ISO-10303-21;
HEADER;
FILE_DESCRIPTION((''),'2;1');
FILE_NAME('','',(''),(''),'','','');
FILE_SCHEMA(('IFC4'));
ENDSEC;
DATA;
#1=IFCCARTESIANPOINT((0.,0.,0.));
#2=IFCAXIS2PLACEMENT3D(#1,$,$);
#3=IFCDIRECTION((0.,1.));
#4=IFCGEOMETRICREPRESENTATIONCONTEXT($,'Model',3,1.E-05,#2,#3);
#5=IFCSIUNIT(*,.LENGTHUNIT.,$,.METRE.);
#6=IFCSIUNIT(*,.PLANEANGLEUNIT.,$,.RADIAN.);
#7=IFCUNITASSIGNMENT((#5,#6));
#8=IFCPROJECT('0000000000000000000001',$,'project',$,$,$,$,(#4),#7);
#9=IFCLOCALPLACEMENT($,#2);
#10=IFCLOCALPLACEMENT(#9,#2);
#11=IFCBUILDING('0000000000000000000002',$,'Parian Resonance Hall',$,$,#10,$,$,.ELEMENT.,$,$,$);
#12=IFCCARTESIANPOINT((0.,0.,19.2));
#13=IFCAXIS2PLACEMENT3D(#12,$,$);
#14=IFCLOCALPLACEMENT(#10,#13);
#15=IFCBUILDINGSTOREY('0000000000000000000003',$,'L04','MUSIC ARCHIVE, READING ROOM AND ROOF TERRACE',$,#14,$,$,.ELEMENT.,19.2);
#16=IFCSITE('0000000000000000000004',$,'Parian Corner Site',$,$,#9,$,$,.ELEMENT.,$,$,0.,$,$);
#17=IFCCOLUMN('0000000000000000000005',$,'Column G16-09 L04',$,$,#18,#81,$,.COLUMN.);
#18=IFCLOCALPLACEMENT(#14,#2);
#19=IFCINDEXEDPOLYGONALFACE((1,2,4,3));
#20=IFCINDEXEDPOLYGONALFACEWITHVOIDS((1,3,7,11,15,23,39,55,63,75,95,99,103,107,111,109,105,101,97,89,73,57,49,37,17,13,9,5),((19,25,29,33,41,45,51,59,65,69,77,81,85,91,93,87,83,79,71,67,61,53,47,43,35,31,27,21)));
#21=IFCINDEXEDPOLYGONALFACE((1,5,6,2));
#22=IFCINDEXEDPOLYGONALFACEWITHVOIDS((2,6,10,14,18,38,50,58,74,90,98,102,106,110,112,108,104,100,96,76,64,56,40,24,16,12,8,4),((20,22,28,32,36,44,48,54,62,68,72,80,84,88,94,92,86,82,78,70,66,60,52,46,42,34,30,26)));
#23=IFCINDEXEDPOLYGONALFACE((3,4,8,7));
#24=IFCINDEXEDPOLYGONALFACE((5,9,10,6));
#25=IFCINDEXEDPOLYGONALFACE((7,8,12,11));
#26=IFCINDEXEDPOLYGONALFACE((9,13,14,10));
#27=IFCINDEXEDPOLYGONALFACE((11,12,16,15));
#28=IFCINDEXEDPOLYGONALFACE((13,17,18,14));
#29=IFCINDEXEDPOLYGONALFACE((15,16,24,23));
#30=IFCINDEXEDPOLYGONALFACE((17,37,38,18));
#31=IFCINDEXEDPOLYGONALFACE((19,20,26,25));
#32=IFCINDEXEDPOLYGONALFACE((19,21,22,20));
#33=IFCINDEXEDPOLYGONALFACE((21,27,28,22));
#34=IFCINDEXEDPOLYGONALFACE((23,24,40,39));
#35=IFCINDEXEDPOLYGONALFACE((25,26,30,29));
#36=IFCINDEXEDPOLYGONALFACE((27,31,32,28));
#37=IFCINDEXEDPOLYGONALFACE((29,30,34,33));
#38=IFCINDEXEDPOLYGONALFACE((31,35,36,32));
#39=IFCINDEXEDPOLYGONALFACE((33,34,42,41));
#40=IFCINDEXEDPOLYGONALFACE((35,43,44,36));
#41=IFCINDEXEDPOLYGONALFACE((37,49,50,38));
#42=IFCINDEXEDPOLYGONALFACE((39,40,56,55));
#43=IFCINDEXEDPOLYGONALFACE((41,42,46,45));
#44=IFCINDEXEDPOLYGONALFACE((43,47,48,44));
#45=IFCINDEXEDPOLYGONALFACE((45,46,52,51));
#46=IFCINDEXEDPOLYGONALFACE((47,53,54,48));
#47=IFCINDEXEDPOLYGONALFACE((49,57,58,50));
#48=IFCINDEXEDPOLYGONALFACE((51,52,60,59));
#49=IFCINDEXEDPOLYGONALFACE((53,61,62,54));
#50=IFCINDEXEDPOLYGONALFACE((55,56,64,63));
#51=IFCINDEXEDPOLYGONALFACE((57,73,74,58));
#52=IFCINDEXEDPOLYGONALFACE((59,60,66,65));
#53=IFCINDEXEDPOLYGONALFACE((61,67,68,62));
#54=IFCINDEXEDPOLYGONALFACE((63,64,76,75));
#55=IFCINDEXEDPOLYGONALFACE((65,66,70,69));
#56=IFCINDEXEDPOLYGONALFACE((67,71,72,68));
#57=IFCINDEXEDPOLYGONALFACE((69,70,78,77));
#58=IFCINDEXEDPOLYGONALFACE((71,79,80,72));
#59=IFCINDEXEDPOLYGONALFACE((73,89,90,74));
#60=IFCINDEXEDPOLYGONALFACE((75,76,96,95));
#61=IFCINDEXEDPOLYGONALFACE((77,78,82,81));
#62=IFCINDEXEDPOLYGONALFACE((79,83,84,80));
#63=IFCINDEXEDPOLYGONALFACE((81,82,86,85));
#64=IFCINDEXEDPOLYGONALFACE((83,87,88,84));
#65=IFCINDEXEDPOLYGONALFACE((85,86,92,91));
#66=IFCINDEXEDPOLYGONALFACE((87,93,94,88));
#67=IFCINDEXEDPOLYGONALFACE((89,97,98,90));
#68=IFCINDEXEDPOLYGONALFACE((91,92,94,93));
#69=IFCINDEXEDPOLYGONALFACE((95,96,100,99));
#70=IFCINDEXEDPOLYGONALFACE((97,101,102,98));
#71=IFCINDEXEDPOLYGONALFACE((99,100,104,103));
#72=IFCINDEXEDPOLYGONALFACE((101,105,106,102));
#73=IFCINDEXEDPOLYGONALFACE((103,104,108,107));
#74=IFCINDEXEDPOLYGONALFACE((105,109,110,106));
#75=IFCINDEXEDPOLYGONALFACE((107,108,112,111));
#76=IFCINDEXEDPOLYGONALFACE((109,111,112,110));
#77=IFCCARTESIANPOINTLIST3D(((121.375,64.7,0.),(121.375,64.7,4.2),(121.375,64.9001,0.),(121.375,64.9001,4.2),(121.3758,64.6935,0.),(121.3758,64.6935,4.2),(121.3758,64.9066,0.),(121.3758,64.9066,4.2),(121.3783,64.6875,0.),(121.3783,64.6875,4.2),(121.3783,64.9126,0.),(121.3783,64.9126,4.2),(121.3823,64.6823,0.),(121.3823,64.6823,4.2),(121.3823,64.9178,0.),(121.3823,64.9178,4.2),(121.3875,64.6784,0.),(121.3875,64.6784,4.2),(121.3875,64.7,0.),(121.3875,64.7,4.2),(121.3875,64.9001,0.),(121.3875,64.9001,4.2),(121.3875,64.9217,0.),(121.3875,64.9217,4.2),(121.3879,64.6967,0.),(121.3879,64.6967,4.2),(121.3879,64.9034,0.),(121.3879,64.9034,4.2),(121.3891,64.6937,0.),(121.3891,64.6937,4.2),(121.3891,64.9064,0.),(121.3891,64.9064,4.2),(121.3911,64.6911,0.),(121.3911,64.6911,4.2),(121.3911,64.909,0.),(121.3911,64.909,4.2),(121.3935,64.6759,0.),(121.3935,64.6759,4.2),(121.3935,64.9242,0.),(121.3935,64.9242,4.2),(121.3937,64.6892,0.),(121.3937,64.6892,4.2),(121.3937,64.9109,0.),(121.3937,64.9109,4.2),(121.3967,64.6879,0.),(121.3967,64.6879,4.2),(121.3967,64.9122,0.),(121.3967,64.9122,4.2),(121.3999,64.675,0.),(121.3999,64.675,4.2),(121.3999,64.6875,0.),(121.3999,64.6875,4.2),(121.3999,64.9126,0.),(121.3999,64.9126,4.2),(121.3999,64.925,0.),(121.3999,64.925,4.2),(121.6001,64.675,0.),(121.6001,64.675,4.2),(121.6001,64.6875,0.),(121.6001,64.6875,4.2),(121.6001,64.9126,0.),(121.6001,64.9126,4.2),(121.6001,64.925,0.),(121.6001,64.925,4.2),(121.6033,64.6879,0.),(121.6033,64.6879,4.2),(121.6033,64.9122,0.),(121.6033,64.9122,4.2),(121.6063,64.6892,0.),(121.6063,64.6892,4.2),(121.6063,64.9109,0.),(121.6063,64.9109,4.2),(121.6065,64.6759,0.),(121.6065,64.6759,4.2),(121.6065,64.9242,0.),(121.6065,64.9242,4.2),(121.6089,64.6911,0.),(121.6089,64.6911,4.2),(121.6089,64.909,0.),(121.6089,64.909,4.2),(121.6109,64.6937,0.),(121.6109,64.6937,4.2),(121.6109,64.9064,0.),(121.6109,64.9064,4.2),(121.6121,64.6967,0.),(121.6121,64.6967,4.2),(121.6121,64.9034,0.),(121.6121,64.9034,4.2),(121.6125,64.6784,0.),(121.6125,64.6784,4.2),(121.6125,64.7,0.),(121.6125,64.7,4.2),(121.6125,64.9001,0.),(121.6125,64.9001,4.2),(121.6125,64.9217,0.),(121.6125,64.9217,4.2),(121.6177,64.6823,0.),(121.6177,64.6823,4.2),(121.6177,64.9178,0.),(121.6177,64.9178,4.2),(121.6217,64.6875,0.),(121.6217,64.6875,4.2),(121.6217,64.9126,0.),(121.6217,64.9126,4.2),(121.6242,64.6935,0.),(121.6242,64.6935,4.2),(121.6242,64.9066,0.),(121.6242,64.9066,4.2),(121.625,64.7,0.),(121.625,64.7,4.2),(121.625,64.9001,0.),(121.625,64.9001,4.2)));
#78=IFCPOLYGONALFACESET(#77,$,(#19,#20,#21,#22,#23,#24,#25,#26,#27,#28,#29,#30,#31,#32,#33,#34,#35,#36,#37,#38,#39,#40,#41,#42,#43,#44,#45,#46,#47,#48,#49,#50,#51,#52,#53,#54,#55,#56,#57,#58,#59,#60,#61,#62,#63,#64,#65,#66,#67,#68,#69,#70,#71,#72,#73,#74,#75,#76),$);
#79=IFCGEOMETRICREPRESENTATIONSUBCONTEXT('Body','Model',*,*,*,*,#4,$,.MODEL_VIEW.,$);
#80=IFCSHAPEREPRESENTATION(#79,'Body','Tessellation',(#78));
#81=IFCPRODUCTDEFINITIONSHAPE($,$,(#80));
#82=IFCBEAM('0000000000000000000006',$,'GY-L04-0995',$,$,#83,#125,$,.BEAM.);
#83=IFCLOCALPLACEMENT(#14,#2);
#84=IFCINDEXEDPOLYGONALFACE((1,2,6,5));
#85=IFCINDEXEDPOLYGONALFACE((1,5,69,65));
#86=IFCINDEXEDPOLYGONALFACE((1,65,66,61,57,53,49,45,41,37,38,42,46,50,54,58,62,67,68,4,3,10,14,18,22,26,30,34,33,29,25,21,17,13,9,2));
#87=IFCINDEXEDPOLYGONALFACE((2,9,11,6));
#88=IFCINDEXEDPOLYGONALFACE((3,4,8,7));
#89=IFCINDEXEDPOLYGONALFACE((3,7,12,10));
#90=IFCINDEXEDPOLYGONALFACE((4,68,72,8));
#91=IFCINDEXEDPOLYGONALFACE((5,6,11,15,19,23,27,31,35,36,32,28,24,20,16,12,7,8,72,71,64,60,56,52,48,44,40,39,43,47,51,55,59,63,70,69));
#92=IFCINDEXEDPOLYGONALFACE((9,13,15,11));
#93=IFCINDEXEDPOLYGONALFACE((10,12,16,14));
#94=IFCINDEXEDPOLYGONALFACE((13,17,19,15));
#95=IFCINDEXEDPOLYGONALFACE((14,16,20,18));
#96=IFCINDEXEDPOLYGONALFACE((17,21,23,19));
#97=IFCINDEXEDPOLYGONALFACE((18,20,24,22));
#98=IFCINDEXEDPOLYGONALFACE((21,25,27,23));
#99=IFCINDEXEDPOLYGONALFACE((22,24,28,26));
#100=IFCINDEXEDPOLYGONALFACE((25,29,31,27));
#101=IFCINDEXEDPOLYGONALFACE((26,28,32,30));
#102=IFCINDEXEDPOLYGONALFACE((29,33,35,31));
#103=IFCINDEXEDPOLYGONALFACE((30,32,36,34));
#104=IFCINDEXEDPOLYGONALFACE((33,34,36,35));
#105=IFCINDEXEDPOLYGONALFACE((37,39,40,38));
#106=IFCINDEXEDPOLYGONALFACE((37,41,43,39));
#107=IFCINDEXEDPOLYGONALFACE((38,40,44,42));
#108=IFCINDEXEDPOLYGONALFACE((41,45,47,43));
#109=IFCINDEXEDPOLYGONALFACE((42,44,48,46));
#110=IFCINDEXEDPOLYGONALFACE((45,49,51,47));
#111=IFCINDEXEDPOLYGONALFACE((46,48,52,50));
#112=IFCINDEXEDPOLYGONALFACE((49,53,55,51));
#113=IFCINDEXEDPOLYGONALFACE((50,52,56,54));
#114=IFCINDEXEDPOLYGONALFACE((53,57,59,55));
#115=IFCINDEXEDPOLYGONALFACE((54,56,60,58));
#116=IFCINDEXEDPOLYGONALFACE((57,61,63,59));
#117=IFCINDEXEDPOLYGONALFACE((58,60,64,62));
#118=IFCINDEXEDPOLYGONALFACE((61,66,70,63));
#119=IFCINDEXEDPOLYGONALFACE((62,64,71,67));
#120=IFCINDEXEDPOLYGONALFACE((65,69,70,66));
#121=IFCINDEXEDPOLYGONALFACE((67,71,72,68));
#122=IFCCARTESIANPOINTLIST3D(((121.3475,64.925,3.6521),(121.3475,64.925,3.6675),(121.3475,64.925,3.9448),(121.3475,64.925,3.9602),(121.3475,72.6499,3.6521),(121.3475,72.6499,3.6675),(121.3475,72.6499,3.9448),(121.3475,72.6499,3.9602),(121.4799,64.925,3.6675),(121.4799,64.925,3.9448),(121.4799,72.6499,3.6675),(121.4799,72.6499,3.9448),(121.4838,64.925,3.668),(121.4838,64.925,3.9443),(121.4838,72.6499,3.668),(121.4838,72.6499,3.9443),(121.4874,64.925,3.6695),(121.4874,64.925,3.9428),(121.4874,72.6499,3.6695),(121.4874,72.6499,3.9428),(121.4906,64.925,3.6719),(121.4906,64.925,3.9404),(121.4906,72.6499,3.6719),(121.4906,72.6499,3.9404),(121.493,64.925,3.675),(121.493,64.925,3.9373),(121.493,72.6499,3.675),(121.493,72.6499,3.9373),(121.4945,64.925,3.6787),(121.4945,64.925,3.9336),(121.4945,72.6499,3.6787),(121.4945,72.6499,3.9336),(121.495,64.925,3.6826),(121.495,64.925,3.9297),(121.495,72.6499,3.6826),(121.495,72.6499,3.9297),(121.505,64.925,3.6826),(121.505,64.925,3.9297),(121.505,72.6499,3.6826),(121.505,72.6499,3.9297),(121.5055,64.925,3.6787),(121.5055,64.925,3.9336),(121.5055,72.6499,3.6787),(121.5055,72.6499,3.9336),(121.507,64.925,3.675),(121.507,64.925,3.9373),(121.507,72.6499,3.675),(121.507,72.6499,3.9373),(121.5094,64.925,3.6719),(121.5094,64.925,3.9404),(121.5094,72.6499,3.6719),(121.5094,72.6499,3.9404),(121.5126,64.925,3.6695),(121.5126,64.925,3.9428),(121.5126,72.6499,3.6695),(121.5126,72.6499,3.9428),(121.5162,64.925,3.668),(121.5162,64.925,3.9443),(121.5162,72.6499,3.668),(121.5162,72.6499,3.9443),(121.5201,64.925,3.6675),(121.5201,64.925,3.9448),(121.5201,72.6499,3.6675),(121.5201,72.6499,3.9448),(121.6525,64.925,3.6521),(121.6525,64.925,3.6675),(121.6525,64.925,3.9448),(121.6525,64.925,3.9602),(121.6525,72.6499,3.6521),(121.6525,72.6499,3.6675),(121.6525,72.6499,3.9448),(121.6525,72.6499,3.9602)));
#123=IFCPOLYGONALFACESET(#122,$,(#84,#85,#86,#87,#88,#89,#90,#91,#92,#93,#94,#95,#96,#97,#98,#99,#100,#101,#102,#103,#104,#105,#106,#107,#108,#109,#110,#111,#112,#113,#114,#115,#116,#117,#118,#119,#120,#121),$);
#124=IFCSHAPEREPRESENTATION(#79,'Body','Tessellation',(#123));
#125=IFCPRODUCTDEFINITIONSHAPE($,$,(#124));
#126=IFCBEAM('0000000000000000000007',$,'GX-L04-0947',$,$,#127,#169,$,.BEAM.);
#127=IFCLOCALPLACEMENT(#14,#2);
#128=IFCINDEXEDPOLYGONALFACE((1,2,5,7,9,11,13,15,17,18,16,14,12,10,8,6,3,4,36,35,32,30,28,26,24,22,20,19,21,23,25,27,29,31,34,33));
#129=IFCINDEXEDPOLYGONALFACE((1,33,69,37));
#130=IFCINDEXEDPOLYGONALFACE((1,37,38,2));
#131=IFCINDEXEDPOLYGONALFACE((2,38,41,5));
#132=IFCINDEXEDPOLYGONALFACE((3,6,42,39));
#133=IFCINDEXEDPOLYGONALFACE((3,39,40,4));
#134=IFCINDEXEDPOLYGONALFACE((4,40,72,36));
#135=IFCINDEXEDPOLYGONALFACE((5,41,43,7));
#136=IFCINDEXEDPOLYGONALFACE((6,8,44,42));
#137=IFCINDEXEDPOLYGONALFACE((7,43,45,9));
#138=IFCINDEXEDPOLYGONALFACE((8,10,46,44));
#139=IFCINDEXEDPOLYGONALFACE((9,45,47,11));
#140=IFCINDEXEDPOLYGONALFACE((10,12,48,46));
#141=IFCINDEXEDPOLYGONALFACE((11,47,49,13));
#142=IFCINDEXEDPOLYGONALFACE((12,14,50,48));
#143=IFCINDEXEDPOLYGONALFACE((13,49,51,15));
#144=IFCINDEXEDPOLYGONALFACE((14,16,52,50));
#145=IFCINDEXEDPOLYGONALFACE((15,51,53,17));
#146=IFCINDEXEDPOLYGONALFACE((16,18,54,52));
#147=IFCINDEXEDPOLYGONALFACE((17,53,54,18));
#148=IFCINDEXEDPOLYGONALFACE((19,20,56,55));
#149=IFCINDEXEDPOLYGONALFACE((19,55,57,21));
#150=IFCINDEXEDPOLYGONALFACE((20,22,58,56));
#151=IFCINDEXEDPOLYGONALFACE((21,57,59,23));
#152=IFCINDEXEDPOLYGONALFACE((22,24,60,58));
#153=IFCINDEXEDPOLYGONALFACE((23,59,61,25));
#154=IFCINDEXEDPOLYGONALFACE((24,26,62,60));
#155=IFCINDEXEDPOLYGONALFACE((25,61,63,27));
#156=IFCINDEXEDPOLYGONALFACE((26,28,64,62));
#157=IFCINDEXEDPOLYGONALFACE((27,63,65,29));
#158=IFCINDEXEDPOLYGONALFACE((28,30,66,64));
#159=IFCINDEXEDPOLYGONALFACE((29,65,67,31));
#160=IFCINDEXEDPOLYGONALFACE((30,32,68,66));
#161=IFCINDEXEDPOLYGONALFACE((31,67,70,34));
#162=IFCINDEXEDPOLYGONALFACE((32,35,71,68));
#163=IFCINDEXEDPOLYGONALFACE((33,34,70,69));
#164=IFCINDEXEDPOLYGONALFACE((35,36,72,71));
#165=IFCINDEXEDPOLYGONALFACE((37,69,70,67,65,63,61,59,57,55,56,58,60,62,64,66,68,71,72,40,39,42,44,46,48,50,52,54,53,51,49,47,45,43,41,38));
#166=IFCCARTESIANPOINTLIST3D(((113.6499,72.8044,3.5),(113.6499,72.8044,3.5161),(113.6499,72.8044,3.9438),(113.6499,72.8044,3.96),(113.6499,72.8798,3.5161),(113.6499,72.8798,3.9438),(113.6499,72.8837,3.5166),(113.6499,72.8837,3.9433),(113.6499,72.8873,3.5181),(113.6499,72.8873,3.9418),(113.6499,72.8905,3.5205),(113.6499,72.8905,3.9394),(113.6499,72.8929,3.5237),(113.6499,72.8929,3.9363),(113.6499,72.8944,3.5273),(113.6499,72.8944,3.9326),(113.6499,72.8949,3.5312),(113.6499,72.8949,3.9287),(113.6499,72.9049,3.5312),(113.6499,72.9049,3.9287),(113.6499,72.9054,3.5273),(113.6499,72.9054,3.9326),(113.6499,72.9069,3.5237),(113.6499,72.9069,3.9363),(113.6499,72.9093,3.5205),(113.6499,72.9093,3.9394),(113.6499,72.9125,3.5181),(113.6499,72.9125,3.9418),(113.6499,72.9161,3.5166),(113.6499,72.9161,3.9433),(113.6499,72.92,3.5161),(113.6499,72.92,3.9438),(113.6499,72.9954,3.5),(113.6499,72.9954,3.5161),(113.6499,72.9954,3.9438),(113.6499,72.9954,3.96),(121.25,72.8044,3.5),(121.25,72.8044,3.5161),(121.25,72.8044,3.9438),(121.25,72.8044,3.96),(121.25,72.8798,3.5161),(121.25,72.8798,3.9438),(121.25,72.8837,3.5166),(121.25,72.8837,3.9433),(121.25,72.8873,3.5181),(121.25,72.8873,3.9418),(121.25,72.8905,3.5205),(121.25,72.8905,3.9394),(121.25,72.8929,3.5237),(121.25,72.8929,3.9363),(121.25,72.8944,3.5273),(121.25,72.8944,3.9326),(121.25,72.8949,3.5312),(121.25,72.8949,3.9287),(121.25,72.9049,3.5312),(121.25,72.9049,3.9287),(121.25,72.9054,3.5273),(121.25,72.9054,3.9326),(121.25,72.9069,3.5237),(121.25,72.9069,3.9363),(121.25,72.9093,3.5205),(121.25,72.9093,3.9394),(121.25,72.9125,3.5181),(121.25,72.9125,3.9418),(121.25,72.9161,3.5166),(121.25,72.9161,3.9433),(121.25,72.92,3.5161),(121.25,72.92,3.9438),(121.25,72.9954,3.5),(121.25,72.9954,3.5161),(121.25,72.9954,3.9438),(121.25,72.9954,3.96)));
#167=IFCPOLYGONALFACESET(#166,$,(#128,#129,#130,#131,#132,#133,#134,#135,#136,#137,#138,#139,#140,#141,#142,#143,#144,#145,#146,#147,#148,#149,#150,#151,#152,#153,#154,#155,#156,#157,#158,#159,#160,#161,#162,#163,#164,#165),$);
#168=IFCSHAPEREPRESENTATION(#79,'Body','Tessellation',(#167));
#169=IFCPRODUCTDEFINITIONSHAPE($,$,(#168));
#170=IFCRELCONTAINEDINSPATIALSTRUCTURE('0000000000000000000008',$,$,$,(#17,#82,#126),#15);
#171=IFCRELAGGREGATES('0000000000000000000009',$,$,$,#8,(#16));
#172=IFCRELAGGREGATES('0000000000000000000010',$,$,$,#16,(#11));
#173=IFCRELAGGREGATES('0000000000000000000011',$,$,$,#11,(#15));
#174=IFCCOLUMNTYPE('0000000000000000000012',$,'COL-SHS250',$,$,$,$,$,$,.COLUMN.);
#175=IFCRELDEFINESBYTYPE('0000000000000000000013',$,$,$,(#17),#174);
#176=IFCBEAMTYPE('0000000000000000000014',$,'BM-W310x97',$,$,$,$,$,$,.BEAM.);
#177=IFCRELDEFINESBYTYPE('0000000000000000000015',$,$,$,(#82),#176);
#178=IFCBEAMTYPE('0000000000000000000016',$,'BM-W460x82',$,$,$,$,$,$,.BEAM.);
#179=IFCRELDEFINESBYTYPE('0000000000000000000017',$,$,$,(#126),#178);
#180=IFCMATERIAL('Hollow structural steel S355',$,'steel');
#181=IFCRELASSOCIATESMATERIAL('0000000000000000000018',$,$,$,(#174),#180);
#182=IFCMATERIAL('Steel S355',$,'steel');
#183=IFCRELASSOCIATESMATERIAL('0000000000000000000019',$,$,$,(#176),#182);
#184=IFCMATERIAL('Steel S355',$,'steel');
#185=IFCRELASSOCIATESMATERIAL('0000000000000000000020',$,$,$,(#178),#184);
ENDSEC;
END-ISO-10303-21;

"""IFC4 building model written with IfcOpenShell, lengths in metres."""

from ifc_helpers import new_model, si_unit, direction, frame, origin, origin_2d, place, context, subcontext, project, spatial, hollow_rectangle, i_section, extrude, material, material_profile, profile_set, type_object, element, save


model = new_model("IFC4")

# Units and contexts
model_context = context("Model", 3, precision=1e-05, world=origin(), true_north=direction((0.0, 1.0)))
body_context = subcontext(model_context, "Body", "Model", "MODEL_VIEW")
ifc_project = project(units=[si_unit("LENGTHUNIT", "METRE"), si_unit("PLANEANGLEUNIT", "RADIAN")], contexts=[model_context])

# Site, building, storey
site_placement = place(None, origin())
site = spatial("IfcSite", under=ifc_project, at=site_placement, Name="Parian Corner Site", CompositionType="ELEMENT", RefElevation=0.0)
building_placement = place(site_placement, origin())
building = spatial("IfcBuilding", under=site, at=building_placement, Name="Parian Resonance Hall", CompositionType="ELEMENT")
storey_placement = place(building_placement, frame((0.0, 0.0, 19.2)))
storey = spatial("IfcBuildingStorey", under=building, at=storey_placement, Name="L04", Description="MUSIC ARCHIVE, READING ROOM AND ROOF TERRACE", CompositionType="ELEMENT", Elevation=19.2)

# Column
ifc_material_1 = material(Name="Hollow structural steel S355", Category="steel")
ifc_material_profile_1 = material_profile(ifc_material_1, hollow_rectangle(XDim=0.25, YDim=0.25, WallThickness=0.0125, InnerFilletRadius=0.0125, OuterFilletRadius=0.0249, at=origin_2d()), Name="SHS250x250x12.5")
ifc_profile_set_1 = profile_set([ifc_material_profile_1], Name="Hollow structural steel S355")
column_type = type_object("IfcColumnType", Name="COL-SHS250", PredefinedType="COLUMN", material=ifc_profile_set_1)
column_placement = place(storey_placement, frame((121.5, 64.8, 0.0), z_axis=(0.0, 0.0, 1.0), x_axis=(1.0, 0.0, 0.0)))
element("IfcColumn", 1, at=column_placement, inside=storey, type_object=column_type, Name="Column G16-09 L04", PredefinedType="COLUMN", context=body_context, shape_type="SweptSolid", body=[
    extrude(hollow_rectangle(XDim=0.25, YDim=0.25, WallThickness=0.0125, InnerFilletRadius=0.0125, OuterFilletRadius=0.0249, at=origin_2d()), origin(), (0.0, 0.0, 1.0), 4.2),
])

# Beams
ifc_material_2 = material(Name="Steel S355", Category="steel")
ifc_material_profile_2 = material_profile(ifc_material_2, i_section(OverallWidth=0.3049, OverallDepth=0.3081, WebThickness=0.01, FlangeThickness=0.0154, FilletRadius=0.0151, at=origin_2d()), Name="W310x97")
ifc_profile_set_2 = profile_set([ifc_material_profile_2], Name="Steel S355")
beam_type_1 = type_object("IfcBeamType", Name="BM-W310x97", PredefinedType="BEAM", material=ifc_profile_set_2)
beam_1_placement = place(storey_placement, frame((121.5, 64.925, 3.8062), z_axis=(0.0, 1.0, 0.0), x_axis=(-1.0, 0.0, 0.0)))
element("IfcBeam", 2, at=beam_1_placement, inside=storey, type_object=beam_type_1, Name="GY-L04-0995", PredefinedType="BEAM", context=body_context, shape_type="SweptSolid", body=[
    extrude(i_section(OverallWidth=0.3049, OverallDepth=0.3081, WebThickness=0.01, FlangeThickness=0.0154, FilletRadius=0.0151, at=origin_2d()), origin(), (0.0, 0.0, 1.0), 7.7249),
])
ifc_material_3 = material(Name="Steel S355", Category="steel")
ifc_material_profile_3 = material_profile(ifc_material_3, i_section(OverallWidth=0.1909, OverallDepth=0.46, WebThickness=0.01, FlangeThickness=0.0161, FilletRadius=0.0151, at=origin_2d()), Name="W460x82")
ifc_profile_set_3 = profile_set([ifc_material_profile_3], Name="Steel S355")
beam_type_2 = type_object("IfcBeamType", Name="BM-W460x82", PredefinedType="BEAM", material=ifc_profile_set_3)
beam_2_placement = place(storey_placement, frame((113.6499, 72.8999, 3.73), z_axis=(1.0, 0.0, 0.0), x_axis=(0.0, 1.0, 0.0)))
element("IfcBeam", 3, at=beam_2_placement, inside=storey, type_object=beam_type_2, Name="GX-L04-0947", PredefinedType="BEAM", context=body_context, shape_type="SweptSolid", body=[
    extrude(i_section(OverallWidth=0.1909, OverallDepth=0.46, WebThickness=0.01, FlangeThickness=0.0161, FilletRadius=0.0151, at=origin_2d()), origin(), (0.0, 0.0, 1.0), 7.6001),
])

save(model, "model.ifc")
